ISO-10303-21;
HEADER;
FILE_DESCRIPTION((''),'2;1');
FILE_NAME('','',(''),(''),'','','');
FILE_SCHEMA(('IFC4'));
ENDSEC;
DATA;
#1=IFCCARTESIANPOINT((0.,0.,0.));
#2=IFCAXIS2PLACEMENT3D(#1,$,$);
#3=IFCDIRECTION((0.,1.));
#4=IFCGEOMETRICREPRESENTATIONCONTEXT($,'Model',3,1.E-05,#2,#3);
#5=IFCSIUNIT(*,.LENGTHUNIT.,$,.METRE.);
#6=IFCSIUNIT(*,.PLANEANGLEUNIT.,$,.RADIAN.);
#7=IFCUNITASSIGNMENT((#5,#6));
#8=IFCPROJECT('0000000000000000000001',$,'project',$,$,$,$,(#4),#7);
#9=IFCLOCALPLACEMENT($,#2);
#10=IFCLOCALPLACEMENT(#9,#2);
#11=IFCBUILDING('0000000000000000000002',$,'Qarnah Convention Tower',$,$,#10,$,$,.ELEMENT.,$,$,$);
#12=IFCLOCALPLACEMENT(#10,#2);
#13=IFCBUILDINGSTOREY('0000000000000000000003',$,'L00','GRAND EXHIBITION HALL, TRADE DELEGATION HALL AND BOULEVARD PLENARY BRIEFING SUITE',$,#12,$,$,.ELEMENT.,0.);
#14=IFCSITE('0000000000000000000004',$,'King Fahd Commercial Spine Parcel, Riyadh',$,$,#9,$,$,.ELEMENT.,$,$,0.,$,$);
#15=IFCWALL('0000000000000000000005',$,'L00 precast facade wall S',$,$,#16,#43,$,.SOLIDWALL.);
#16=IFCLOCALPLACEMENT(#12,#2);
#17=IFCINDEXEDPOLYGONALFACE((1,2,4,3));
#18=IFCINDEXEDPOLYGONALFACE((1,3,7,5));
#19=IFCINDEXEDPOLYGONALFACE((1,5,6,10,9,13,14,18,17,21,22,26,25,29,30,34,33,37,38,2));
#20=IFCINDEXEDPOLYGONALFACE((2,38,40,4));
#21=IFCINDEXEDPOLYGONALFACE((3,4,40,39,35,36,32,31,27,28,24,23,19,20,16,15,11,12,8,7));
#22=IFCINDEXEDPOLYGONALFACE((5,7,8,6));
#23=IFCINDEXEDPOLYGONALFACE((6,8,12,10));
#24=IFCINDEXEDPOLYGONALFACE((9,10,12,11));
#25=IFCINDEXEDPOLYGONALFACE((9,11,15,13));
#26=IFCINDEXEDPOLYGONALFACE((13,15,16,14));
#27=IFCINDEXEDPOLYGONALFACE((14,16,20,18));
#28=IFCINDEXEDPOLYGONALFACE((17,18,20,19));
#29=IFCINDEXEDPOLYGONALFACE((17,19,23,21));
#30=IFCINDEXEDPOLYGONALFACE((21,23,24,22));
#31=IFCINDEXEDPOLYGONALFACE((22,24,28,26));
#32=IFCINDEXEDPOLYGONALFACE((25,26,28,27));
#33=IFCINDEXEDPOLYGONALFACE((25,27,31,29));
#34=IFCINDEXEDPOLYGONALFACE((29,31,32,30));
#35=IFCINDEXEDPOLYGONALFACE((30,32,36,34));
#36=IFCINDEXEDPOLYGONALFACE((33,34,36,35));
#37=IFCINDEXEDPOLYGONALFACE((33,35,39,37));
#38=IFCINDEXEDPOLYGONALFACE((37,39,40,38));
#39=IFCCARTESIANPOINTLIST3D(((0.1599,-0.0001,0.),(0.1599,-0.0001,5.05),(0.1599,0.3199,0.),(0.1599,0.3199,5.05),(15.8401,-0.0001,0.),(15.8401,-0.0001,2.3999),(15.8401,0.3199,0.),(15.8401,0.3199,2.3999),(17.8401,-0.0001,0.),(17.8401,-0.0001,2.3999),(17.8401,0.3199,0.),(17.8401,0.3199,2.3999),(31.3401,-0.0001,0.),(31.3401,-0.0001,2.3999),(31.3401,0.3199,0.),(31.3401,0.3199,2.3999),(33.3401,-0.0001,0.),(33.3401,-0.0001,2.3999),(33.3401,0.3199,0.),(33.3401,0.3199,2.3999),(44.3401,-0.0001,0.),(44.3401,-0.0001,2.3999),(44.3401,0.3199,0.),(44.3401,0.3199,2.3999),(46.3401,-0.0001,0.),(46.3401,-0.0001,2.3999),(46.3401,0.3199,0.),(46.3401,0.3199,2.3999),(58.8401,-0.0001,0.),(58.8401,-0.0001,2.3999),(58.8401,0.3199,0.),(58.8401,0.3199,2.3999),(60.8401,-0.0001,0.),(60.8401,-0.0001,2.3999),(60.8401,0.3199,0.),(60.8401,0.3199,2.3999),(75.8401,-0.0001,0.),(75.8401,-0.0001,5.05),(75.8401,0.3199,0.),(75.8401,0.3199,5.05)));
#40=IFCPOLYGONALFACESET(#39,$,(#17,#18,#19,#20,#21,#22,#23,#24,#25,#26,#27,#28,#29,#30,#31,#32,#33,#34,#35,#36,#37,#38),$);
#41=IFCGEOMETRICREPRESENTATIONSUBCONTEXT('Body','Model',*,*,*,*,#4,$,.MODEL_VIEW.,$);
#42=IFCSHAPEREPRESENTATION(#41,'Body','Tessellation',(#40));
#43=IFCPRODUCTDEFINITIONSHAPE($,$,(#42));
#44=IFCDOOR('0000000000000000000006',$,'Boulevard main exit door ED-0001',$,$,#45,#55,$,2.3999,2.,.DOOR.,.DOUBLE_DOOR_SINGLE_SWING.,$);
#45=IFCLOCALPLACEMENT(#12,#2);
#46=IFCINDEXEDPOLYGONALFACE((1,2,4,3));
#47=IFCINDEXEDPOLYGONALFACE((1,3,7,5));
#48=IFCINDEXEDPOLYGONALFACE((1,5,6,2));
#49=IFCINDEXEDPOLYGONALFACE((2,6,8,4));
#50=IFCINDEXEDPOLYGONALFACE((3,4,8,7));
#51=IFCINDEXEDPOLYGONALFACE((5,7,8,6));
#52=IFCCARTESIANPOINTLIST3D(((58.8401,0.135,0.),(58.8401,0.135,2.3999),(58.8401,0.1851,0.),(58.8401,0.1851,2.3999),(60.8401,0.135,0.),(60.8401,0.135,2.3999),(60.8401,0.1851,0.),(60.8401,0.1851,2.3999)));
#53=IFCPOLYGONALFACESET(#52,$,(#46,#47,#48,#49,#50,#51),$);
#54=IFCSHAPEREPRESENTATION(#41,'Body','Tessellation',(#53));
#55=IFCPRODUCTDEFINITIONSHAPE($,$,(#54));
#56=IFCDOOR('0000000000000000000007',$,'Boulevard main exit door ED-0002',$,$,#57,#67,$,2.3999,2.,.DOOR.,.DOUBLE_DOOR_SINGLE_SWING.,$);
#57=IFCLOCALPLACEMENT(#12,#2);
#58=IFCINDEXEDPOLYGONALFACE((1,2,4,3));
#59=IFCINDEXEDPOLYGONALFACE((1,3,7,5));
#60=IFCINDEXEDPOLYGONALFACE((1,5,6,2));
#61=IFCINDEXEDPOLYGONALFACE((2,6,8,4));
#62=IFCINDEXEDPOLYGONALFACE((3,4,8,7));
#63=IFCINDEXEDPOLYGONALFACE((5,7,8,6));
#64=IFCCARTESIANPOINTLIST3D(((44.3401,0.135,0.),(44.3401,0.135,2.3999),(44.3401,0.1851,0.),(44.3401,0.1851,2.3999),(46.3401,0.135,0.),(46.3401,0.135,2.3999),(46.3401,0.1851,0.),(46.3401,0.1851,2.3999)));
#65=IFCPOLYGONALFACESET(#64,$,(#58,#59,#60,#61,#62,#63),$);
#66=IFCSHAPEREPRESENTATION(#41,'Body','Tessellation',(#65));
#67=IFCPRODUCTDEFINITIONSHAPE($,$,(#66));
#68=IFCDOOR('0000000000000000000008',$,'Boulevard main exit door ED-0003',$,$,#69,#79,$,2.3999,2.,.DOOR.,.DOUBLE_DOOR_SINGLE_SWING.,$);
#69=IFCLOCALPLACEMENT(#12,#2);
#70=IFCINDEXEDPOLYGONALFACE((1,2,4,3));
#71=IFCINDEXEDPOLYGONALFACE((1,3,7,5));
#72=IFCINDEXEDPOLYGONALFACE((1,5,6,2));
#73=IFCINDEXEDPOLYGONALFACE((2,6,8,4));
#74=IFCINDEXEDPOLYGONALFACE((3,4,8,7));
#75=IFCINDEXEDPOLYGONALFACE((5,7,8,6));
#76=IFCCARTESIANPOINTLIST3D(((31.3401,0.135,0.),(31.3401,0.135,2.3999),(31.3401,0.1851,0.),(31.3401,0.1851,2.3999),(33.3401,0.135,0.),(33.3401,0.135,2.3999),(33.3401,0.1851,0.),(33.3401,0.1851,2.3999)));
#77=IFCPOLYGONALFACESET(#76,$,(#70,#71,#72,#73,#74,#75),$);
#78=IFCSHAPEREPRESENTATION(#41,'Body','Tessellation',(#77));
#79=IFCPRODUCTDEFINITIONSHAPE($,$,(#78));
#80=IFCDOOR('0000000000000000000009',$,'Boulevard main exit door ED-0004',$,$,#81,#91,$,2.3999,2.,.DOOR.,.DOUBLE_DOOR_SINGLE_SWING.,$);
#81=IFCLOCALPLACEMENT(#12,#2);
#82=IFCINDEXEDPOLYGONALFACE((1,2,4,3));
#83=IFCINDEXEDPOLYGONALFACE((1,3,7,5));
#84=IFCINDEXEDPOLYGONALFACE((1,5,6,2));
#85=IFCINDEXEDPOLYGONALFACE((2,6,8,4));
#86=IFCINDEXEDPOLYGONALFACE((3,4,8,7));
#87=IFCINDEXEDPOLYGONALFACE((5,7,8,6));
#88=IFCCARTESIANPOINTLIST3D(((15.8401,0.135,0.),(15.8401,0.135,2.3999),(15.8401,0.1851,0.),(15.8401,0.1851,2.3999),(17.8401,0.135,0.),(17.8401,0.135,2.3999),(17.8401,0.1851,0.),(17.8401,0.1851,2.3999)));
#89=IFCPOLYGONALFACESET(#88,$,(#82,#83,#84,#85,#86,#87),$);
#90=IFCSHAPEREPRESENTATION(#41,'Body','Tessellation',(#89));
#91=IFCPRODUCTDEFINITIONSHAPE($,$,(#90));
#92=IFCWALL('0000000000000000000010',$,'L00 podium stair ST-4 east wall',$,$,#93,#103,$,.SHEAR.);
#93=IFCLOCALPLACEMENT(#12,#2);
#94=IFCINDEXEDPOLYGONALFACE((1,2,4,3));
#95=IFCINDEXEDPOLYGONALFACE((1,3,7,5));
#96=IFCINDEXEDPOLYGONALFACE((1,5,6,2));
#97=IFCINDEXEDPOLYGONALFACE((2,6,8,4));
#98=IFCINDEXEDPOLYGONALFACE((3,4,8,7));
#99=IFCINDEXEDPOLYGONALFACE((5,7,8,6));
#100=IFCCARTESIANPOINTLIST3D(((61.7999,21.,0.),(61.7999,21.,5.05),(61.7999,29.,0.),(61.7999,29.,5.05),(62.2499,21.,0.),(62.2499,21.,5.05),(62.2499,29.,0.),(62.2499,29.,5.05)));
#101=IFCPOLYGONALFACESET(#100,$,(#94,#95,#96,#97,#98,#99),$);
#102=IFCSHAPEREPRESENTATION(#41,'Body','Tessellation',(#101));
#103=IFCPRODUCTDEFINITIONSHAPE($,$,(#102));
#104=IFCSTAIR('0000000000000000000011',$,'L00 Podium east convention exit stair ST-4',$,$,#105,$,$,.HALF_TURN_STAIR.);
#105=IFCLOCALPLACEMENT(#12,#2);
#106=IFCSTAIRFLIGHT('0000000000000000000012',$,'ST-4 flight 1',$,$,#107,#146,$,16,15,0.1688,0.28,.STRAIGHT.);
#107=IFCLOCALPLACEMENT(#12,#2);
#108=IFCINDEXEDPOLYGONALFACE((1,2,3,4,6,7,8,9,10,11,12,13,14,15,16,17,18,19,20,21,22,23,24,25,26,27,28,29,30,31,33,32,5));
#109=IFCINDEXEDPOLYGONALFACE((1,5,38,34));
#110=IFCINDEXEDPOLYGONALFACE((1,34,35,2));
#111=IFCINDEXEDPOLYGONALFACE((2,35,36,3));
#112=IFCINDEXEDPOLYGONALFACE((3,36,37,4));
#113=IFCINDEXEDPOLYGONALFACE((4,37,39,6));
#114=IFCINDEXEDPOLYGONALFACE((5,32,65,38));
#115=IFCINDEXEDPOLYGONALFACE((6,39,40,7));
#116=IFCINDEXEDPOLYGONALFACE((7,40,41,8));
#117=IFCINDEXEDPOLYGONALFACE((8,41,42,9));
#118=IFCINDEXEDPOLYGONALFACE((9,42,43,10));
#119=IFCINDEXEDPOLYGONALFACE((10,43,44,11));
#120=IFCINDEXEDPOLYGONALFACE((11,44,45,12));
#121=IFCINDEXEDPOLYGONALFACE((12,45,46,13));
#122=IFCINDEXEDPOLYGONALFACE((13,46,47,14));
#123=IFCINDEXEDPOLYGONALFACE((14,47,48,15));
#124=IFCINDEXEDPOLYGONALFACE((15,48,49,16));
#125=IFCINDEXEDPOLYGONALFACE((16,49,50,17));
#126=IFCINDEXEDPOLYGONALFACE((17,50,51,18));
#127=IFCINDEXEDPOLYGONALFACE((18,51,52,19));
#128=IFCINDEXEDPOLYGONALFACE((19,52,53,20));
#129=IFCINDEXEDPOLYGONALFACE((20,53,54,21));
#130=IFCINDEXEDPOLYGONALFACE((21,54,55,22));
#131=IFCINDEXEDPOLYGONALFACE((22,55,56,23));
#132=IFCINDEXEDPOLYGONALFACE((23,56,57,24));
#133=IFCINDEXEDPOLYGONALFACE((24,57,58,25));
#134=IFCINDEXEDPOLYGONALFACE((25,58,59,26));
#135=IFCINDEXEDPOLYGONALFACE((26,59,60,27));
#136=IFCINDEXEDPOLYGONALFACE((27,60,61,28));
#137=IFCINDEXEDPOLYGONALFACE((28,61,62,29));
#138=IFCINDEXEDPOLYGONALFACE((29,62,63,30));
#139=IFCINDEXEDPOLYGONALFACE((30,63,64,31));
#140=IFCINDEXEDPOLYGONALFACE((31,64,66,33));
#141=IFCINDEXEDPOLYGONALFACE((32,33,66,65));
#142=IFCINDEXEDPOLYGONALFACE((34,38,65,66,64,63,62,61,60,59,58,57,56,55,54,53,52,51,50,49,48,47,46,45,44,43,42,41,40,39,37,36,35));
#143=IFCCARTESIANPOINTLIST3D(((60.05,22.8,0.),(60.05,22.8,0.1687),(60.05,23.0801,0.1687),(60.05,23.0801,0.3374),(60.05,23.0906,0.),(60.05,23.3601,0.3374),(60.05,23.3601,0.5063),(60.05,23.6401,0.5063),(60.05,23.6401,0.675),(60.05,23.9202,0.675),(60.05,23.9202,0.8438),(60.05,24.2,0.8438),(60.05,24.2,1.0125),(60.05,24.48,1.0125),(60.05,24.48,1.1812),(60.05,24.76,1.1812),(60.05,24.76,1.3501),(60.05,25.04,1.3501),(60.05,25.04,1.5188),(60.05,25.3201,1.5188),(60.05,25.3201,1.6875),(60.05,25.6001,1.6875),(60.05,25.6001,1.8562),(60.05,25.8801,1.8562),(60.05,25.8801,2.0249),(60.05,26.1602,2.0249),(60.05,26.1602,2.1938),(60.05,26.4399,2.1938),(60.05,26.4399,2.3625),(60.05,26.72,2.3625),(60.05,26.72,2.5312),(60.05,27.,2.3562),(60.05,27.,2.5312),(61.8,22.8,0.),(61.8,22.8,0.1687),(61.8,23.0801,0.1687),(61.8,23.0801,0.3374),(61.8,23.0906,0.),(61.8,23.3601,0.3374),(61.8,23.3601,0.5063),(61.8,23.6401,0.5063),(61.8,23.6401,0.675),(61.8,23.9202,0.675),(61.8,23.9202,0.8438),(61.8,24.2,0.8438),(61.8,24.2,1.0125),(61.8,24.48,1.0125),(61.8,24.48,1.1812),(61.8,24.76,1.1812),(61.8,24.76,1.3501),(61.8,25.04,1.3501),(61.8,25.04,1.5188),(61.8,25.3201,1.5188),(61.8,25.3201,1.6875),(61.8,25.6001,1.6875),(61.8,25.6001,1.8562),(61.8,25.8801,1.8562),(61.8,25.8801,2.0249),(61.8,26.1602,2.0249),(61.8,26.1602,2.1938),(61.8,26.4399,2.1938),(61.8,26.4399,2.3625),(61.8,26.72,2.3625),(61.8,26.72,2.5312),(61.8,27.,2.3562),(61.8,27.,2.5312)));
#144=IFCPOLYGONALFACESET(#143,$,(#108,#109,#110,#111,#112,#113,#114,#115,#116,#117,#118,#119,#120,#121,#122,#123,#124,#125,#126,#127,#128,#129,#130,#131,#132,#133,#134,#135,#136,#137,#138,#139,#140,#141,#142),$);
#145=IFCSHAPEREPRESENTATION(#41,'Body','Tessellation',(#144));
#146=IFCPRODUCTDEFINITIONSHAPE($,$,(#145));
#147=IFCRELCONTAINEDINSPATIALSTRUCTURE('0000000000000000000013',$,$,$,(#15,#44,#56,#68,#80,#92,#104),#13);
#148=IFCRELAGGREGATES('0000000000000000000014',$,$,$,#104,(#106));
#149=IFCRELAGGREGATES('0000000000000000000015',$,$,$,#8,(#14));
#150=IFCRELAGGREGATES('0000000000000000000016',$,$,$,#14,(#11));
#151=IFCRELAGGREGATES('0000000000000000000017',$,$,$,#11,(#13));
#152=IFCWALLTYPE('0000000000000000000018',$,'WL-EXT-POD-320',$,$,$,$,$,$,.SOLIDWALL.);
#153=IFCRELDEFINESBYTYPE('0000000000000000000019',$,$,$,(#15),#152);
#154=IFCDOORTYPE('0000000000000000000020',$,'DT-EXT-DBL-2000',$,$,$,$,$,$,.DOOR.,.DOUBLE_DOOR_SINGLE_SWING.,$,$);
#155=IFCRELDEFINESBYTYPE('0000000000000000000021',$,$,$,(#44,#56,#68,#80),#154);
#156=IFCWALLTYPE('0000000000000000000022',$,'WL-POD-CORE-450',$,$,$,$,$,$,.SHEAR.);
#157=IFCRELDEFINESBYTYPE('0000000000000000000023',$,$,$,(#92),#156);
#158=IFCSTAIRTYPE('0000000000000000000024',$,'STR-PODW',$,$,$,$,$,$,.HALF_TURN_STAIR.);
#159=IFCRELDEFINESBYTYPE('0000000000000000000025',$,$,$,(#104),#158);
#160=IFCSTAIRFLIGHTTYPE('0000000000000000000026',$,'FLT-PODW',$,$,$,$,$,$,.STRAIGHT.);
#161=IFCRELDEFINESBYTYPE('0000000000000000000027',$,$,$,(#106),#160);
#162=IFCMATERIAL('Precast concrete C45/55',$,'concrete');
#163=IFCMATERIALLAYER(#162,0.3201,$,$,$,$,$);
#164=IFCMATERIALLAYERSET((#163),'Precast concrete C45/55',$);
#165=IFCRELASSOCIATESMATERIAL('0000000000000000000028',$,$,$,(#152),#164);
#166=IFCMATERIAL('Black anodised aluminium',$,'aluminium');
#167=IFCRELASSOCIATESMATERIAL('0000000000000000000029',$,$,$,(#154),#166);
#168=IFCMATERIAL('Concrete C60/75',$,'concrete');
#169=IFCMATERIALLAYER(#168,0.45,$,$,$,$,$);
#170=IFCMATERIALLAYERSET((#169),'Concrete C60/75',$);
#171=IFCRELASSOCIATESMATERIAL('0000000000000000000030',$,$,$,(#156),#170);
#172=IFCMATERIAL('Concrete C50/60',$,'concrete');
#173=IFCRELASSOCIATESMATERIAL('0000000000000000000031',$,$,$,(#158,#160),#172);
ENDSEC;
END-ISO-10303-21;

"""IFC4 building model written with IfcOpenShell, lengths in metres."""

from ifc_helpers import new_model, si_unit, direction, frame, frame_2d, origin, place, context, subcontext, project, spatial, polyline, rectangle, outline, extrude, material, layer, layer_set, type_object, element, fill, aggregate, save


model = new_model("IFC4")

# Units and contexts
model_context = context("Model", 3, precision=1e-05, world=origin(), true_north=direction((0.0, 1.0)))
body_context = subcontext(model_context, "Body", "Model", "MODEL_VIEW")
ifc_project = project(units=[si_unit("LENGTHUNIT", "METRE"), si_unit("PLANEANGLEUNIT", "RADIAN")], contexts=[model_context])

# Site, building, storey
site_placement = place(None, origin())
site = spatial("IfcSite", under=ifc_project, at=site_placement, Name="King Fahd Commercial Spine Parcel, Riyadh", CompositionType="ELEMENT", RefElevation=0.0)
building_placement = place(site_placement, origin())
building = spatial("IfcBuilding", under=site, at=building_placement, Name="Qarnah Convention Tower", CompositionType="ELEMENT")
storey_placement = place(building_placement, origin())
storey = spatial("IfcBuildingStorey", under=building, at=storey_placement, Name="L00", Description="GRAND EXHIBITION HALL, TRADE DELEGATION HALL AND BOULEVARD PLENARY BRIEFING SUITE", CompositionType="ELEMENT", Elevation=0.0)

# Shared definitions
ifc_material_1 = material(Name="Concrete C60/75", Category="concrete")

# Wall, openings, doors
ifc_material_2 = material(Name="Precast concrete C45/55", Category="concrete")
ifc_layer_1 = layer(ifc_material_2, 0.3201)
ifc_layer_set_1 = layer_set([ifc_layer_1], Name="Precast concrete C45/55")
wall_type_1 = type_object("IfcWallType", Name="WL-EXT-POD-320", PredefinedType="SOLIDWALL", material=ifc_layer_set_1)
wall_1_placement = place(storey_placement, frame((75.8401, 0.1599, 0.0), z_axis=(0.0, 0.0, 1.0), x_axis=(-1.0, 0.0, 0.0)))
wall_1 = element("IfcWall", 1, at=wall_1_placement, inside=storey, type_object=wall_type_1, Name="L00 precast facade wall S", PredefinedType="SOLIDWALL", context=body_context, shape_type="SweptSolid", body=[
    extrude(rectangle(XDim=75.6802, YDim=0.3201, at=frame_2d((37.8401, 0.0))), origin(), (0.0, 0.0, 1.0), 5.05),
])
opening_1_placement = place(wall_1_placement, frame((15.0, 0.0, 0.0)))
opening_1 = element("IfcOpeningElement", 2, at=opening_1_placement, cuts=wall_1, PredefinedType="OPENING", context=body_context, shape_type="SweptSolid", body=[
    extrude(rectangle(XDim=2.0, YDim=2.3999, at=frame_2d((1.0, 1.2))), frame((0.0, 0.1699, 0.0), z_axis=(0.0, -1.0, 0.0), x_axis=(1.0, 0.0, 0.0)), (0.0, 0.0, 1.0), 0.3401),
])
opening_2_placement = place(wall_1_placement, frame((29.5, 0.0, 0.0)))
opening_2 = element("IfcOpeningElement", 3, at=opening_2_placement, cuts=wall_1, PredefinedType="OPENING", context=body_context, shape_type="SweptSolid", body=[
    extrude(rectangle(XDim=2.0, YDim=2.3999, at=frame_2d((1.0, 1.2))), frame((0.0, 0.1699, 0.0), z_axis=(0.0, -1.0, 0.0), x_axis=(1.0, 0.0, 0.0)), (0.0, 0.0, 1.0), 0.3401),
])
opening_3_placement = place(wall_1_placement, frame((42.5, 0.0, 0.0)))
opening_3 = element("IfcOpeningElement", 4, at=opening_3_placement, cuts=wall_1, PredefinedType="OPENING", context=body_context, shape_type="SweptSolid", body=[
    extrude(rectangle(XDim=2.0, YDim=2.3999, at=frame_2d((1.0, 1.2))), frame((0.0, 0.1699, 0.0), z_axis=(0.0, -1.0, 0.0), x_axis=(1.0, 0.0, 0.0)), (0.0, 0.0, 1.0), 0.3401),
])
opening_4_placement = place(wall_1_placement, frame((58.0, 0.0, 0.0)))
opening_4 = element("IfcOpeningElement", 5, at=opening_4_placement, cuts=wall_1, PredefinedType="OPENING", context=body_context, shape_type="SweptSolid", body=[
    extrude(rectangle(XDim=2.0, YDim=2.3999, at=frame_2d((1.0, 1.2))), frame((0.0, 0.1699, 0.0), z_axis=(0.0, -1.0, 0.0), x_axis=(1.0, 0.0, 0.0)), (0.0, 0.0, 1.0), 0.3401),
])
ifc_material_3 = material(Name="Black anodised aluminium", Category="aluminium")
door_type = type_object("IfcDoorType", Name="DT-EXT-DBL-2000", OperationType="DOUBLE_DOOR_SINGLE_SWING", PredefinedType="DOOR", material=ifc_material_3)
door_1_placement = place(opening_1_placement, origin())
door_1 = element("IfcDoor", 6, at=door_1_placement, inside=storey, type_object=door_type, Name="Boulevard main exit door ED-0001", OperationType="DOUBLE_DOOR_SINGLE_SWING", OverallHeight=2.3999, OverallWidth=2.0, PredefinedType="DOOR", context=body_context, shape_type="SweptSolid", body=[
    extrude(rectangle(XDim=2.0, YDim=2.3999, at=frame_2d((1.0, 1.2))), frame((0.0, 0.0249, 0.0), z_axis=(0.0, -1.0, 0.0), x_axis=(1.0, 0.0, 0.0)), (0.0, 0.0, 1.0), 0.05),
])
fill(opening_1, door_1)
door_2_placement = place(opening_2_placement, origin())
door_2 = element("IfcDoor", 7, at=door_2_placement, inside=storey, type_object=door_type, Name="Boulevard main exit door ED-0002", OperationType="DOUBLE_DOOR_SINGLE_SWING", OverallHeight=2.3999, OverallWidth=2.0, PredefinedType="DOOR", context=body_context, shape_type="SweptSolid", body=[
    extrude(rectangle(XDim=2.0, YDim=2.3999, at=frame_2d((1.0, 1.2))), frame((0.0, 0.0249, 0.0), z_axis=(0.0, -1.0, 0.0), x_axis=(1.0, 0.0, 0.0)), (0.0, 0.0, 1.0), 0.05),
])
fill(opening_2, door_2)
door_3_placement = place(opening_3_placement, origin())
door_3 = element("IfcDoor", 8, at=door_3_placement, inside=storey, type_object=door_type, Name="Boulevard main exit door ED-0003", OperationType="DOUBLE_DOOR_SINGLE_SWING", OverallHeight=2.3999, OverallWidth=2.0, PredefinedType="DOOR", context=body_context, shape_type="SweptSolid", body=[
    extrude(rectangle(XDim=2.0, YDim=2.3999, at=frame_2d((1.0, 1.2))), frame((0.0, 0.0249, 0.0), z_axis=(0.0, -1.0, 0.0), x_axis=(1.0, 0.0, 0.0)), (0.0, 0.0, 1.0), 0.05),
])
fill(opening_3, door_3)
door_4_placement = place(opening_4_placement, origin())
door_4 = element("IfcDoor", 9, at=door_4_placement, inside=storey, type_object=door_type, Name="Boulevard main exit door ED-0004", OperationType="DOUBLE_DOOR_SINGLE_SWING", OverallHeight=2.3999, OverallWidth=2.0, PredefinedType="DOOR", context=body_context, shape_type="SweptSolid", body=[
    extrude(rectangle(XDim=2.0, YDim=2.3999, at=frame_2d((1.0, 1.2))), frame((0.0, 0.0249, 0.0), z_axis=(0.0, -1.0, 0.0), x_axis=(1.0, 0.0, 0.0)), (0.0, 0.0, 1.0), 0.05),
])
fill(opening_4, door_4)

# Wall
ifc_layer_2 = layer(ifc_material_1, 0.45)
ifc_layer_set_2 = layer_set([ifc_layer_2], Name="Concrete C60/75")
wall_type_2 = type_object("IfcWallType", Name="WL-POD-CORE-450", PredefinedType="SHEAR", material=ifc_layer_set_2)
wall_2_placement = place(storey_placement, frame((62.0249, 21.0, 0.0), z_axis=(0.0, 0.0, 1.0), x_axis=(0.0, 1.0, 0.0)))
element("IfcWall", 10, at=wall_2_placement, inside=storey, type_object=wall_type_2, Name="L00 podium stair ST-4 east wall", PredefinedType="SHEAR", context=body_context, shape_type="SweptSolid", body=[
    extrude(rectangle(XDim=8.0, YDim=0.45, at=frame_2d((4.0, 0.0))), origin(), (0.0, 0.0, 1.0), 5.05),
])

# Stair, stair flight
ifc_material_4 = material(Name="Concrete C50/60", Category="concrete")
stair_type = type_object("IfcStairType", Name="STR-PODW", PredefinedType="HALF_TURN_STAIR", material=ifc_material_4)
stair_placement = place(storey_placement, origin())
stair = element("IfcStair", 11, at=stair_placement, inside=storey, type_object=stair_type, Name="L00 Podium east convention exit stair ST-4", PredefinedType="HALF_TURN_STAIR")
stair_flight_type = type_object("IfcStairFlightType", Name="FLT-PODW", PredefinedType="STRAIGHT", material=ifc_material_4)
stair_flight_placement = place(storey_placement, frame((60.925, 22.8, 0.0), z_axis=(0.0, 0.0, 1.0), x_axis=(0.0, 1.0, 0.0)))
stair_flight = element("IfcStairFlight", 12, at=stair_flight_placement, type_object=stair_flight_type, Name="ST-4 flight 1", NumberOfRisers=16, NumberOfTreads=15, PredefinedType="STRAIGHT", RiserHeight=0.1688, TreadLength=0.28, context=body_context, shape_type="SweptSolid", body=[
    extrude(outline(polyline([(0.0, 0.0), (0.0, 0.1687), (0.28, 0.1687), (0.28, 0.3374), (0.5601, 0.3374), (0.5601, 0.5063), (0.8401, 0.5063), (0.8401, 0.675), (1.1201, 0.675), (1.1201, 0.8438), (1.3999, 0.8438), (1.3999, 1.0125), (1.6799, 1.0125), (1.6799, 1.1812), (1.96, 1.1812), (1.96, 1.3501), (2.24, 1.3501), (2.24, 1.5188), (2.52, 1.5188), (2.52, 1.6875), (2.8, 1.6875), (2.8, 1.8562), (3.0801, 1.8562), (3.0801, 2.0249), (3.3601, 2.0249), (3.3601, 2.1938), (3.6399, 2.1938), (3.6399, 2.3625), (3.9199, 2.3625), (3.9199, 2.5312), (4.2, 2.5312), (4.2, 2.7), (4.2, 2.3562), (0.2905, 0.0), (0.0, 0.0)])), frame((0.0, 0.875, 0.0), z_axis=(0.0, -1.0, 0.0), x_axis=(1.0, 0.0, 0.0)), (0.0, 0.0, 1.0), 1.75),
])
aggregate(stair, [stair_flight])

save(model, "model.ifc")
